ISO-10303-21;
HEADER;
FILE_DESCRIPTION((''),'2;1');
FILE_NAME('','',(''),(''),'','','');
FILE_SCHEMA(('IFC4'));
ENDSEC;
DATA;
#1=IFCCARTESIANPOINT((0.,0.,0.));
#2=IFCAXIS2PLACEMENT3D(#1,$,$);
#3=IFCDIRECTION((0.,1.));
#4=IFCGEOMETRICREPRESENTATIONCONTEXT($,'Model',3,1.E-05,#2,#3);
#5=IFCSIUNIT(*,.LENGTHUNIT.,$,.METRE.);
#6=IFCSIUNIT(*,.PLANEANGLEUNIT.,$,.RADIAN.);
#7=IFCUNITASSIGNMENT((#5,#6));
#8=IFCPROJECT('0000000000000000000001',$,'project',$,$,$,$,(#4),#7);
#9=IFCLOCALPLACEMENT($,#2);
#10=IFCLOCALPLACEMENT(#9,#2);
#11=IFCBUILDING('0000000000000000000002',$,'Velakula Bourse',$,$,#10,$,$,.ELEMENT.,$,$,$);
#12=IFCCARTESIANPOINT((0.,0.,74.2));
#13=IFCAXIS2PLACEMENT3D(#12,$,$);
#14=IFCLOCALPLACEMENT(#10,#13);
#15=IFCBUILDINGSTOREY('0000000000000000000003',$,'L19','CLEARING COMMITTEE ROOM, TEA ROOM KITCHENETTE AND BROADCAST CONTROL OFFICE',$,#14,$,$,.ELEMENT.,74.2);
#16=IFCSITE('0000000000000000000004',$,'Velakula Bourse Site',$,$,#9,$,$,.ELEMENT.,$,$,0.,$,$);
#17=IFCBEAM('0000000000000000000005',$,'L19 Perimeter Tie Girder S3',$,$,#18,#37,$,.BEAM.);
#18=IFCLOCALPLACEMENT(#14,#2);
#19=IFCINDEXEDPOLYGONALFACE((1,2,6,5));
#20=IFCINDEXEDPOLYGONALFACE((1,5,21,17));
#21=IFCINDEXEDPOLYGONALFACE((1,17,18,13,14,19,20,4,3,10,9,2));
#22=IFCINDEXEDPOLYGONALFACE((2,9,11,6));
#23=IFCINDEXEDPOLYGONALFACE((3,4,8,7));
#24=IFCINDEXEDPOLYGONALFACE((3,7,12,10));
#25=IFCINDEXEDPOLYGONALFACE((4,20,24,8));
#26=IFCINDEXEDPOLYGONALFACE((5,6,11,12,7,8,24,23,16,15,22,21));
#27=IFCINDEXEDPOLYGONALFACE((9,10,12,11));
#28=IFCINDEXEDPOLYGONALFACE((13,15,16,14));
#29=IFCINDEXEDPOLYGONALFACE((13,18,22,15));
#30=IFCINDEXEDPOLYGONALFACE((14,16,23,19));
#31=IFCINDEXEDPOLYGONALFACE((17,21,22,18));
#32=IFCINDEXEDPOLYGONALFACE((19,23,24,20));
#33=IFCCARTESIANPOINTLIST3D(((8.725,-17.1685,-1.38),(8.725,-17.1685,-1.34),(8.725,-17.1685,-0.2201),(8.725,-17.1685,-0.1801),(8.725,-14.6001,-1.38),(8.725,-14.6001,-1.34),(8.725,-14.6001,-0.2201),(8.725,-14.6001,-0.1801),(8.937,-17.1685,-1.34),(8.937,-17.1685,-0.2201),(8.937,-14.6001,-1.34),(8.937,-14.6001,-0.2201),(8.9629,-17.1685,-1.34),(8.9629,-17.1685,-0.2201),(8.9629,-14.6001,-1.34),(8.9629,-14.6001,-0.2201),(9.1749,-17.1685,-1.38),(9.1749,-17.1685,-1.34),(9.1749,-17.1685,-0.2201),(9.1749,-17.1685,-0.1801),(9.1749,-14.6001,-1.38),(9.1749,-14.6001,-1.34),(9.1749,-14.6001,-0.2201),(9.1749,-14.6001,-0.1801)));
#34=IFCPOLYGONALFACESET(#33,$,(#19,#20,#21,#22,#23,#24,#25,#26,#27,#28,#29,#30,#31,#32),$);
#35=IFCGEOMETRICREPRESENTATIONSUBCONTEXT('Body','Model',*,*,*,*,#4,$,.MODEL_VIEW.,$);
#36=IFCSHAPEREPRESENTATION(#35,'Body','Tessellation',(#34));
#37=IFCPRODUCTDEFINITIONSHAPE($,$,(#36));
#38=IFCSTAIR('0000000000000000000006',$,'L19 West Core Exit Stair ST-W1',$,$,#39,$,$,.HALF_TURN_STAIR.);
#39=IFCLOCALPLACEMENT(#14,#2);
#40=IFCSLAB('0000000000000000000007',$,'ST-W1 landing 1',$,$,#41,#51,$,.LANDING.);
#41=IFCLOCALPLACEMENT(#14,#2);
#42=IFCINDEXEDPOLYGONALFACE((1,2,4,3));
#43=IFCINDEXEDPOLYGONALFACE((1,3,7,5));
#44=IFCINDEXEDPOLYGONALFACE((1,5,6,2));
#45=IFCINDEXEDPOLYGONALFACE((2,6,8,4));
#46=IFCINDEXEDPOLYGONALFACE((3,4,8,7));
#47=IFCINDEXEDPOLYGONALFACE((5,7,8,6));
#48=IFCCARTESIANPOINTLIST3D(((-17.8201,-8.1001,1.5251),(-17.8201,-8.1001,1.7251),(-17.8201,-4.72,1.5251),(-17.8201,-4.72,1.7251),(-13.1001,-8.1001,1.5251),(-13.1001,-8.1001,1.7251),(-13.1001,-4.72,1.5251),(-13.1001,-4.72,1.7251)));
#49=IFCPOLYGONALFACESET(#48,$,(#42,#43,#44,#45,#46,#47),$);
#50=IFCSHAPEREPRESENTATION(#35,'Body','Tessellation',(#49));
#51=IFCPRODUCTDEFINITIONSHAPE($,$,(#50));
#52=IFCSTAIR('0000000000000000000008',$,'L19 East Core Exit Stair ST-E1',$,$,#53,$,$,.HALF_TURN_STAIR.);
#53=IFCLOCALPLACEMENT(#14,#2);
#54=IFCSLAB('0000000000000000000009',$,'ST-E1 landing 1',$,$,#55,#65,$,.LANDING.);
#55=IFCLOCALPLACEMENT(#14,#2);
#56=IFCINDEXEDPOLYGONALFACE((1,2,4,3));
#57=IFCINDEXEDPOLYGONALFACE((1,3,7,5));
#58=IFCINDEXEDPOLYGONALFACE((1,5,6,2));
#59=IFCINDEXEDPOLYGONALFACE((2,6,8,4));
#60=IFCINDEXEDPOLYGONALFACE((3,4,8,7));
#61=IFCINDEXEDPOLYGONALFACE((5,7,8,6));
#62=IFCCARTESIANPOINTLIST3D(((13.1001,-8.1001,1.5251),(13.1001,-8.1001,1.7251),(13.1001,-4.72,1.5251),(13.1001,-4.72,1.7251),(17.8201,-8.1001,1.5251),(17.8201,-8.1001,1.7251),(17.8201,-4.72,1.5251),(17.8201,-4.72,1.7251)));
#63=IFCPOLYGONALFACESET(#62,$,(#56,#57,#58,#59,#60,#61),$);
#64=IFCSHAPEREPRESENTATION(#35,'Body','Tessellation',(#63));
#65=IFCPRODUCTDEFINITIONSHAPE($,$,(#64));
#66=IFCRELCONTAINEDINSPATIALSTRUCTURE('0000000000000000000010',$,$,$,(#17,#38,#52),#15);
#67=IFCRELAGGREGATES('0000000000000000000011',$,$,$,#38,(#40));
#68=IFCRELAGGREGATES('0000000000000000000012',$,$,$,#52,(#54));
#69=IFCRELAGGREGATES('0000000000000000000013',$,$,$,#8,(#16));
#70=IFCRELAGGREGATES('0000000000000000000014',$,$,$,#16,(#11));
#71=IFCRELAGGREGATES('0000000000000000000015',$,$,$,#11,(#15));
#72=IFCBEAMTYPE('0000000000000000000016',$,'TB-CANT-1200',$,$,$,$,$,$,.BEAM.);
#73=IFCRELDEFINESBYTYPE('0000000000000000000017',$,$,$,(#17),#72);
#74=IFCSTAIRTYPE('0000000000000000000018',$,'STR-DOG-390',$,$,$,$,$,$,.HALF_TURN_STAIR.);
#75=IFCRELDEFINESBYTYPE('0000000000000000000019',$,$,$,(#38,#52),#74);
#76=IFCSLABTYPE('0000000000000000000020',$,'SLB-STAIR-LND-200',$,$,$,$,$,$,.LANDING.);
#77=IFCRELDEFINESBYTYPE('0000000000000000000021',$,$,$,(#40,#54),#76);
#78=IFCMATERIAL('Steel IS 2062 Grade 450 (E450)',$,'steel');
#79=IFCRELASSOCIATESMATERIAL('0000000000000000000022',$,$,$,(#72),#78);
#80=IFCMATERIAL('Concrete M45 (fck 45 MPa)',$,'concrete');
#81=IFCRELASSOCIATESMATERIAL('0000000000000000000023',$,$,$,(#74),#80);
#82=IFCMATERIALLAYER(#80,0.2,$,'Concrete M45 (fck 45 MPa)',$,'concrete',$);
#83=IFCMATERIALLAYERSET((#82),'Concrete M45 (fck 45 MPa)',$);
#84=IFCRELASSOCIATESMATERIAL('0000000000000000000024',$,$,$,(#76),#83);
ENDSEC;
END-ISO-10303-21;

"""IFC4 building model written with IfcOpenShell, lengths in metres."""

from ifc_helpers import new_model, si_unit, direction, frame, origin, origin_2d, place, context, subcontext, project, spatial, polyline, i_section, outline, extrude, material, layer, layer_set, material_profile, profile_set, type_object, element, aggregate, save


model = new_model("IFC4")

# Units and contexts
model_context = context("Model", 3, precision=1e-05, world=origin(), true_north=direction((0.0, 1.0)))
body_context = subcontext(model_context, "Body", "Model", "MODEL_VIEW")
ifc_project = project(units=[si_unit("LENGTHUNIT", "METRE"), si_unit("PLANEANGLEUNIT", "RADIAN")], contexts=[model_context])

# Site, building, storey
site_placement = place(None, origin())
site = spatial("IfcSite", under=ifc_project, at=site_placement, Name="Velakula Bourse Site", CompositionType="ELEMENT", RefElevation=0.0)
building_placement = place(site_placement, origin())
building = spatial("IfcBuilding", under=site, at=building_placement, Name="Velakula Bourse", CompositionType="ELEMENT")
storey_placement = place(building_placement, frame((0.0, 0.0, 74.2)))
storey = spatial("IfcBuildingStorey", under=building, at=storey_placement, Name="L19", Description="CLEARING COMMITTEE ROOM, TEA ROOM KITCHENETTE AND BROADCAST CONTROL OFFICE", CompositionType="ELEMENT", Elevation=74.2)

# Shared definitions
ifc_material_1 = material(Name="Steel IS 2062 Grade 450 (E450)", Category="steel")

# Beam
ifc_material_profile_1 = material_profile(ifc_material_1, i_section(OverallWidth=0.45, OverallDepth=1.2, WebThickness=0.0259, FlangeThickness=0.04, at=origin_2d()), Name="Steel IS 2062 Grade 450 (E450)")
ifc_profile_set_1 = profile_set([ifc_material_profile_1], Name="Steel IS 2062 Grade 450 (E450)")
beam_type_1 = type_object("IfcBeamType", Name="TB-CANT-1200", PredefinedType="BEAM", material=ifc_profile_set_1)
beam_1_placement = place(storey_placement, frame((8.95, -14.6001, -0.78), z_axis=(0.0, -1.0, 0.0), x_axis=(1.0, 0.0, 0.0)))
element("IfcBeam", 1, at=beam_1_placement, inside=storey, type_object=beam_type_1, Name="L19 Perimeter Tie Girder S3", PredefinedType="BEAM", context=body_context, shape_type="SweptSolid", body=[
    extrude(i_section(OverallWidth=0.45, OverallDepth=1.2, WebThickness=0.0259, FlangeThickness=0.04, at=origin_2d()), origin(), (0.0, 0.0, 1.0), 2.5684),
])

# Stairs, slabs
ifc_material_2 = material(Name="Concrete M45 (fck 45 MPa)", Category="concrete")
stair_type = type_object("IfcStairType", Name="STR-DOG-390", PredefinedType="HALF_TURN_STAIR", material=ifc_material_2)
stair_1_placement = place(storey_placement, origin())
stair_1 = element("IfcStair", 2, at=stair_1_placement, inside=storey, type_object=stair_type, Name="L19 West Core Exit Stair ST-W1", PredefinedType="HALF_TURN_STAIR")
ifc_layer_1 = layer(ifc_material_2, 0.2, Name="Concrete M45 (fck 45 MPa)", Category="concrete")
ifc_layer_set_1 = layer_set([ifc_layer_1], Name="Concrete M45 (fck 45 MPa)")
slab_type_1 = type_object("IfcSlabType", Name="SLB-STAIR-LND-200", PredefinedType="LANDING", material=ifc_layer_set_1)
slab_1_placement = place(storey_placement, frame((0.0, 0.0, 1.5251)))
slab_1 = element("IfcSlab", 3, at=slab_1_placement, type_object=slab_type_1, Name="ST-W1 landing 1", PredefinedType="LANDING", context=body_context, shape_type="SweptSolid", body=[
    extrude(outline(polyline([(-17.8201, -4.72), (-17.8201, -8.1001), (-13.1001, -8.1001), (-13.1001, -4.72), (-17.8201, -4.72)])), origin(), (0.0, 0.0, 1.0), 0.2),
])
aggregate(stair_1, [slab_1])
stair_2_placement = place(storey_placement, origin())
stair_2 = element("IfcStair", 4, at=stair_2_placement, inside=storey, type_object=stair_type, Name="L19 East Core Exit Stair ST-E1", PredefinedType="HALF_TURN_STAIR")
slab_2_placement = place(storey_placement, frame((0.0, 0.0, 1.5251)))
slab_2 = element("IfcSlab", 5, at=slab_2_placement, type_object=slab_type_1, Name="ST-E1 landing 1", PredefinedType="LANDING", context=body_context, shape_type="SweptSolid", body=[
    extrude(outline(polyline([(13.1001, -4.72), (13.1001, -8.1001), (17.8201, -8.1001), (17.8201, -4.72), (13.1001, -4.72)])), origin(), (0.0, 0.0, 1.0), 0.2),
])
aggregate(stair_2, [slab_2])

save(model, "model.ifc")
